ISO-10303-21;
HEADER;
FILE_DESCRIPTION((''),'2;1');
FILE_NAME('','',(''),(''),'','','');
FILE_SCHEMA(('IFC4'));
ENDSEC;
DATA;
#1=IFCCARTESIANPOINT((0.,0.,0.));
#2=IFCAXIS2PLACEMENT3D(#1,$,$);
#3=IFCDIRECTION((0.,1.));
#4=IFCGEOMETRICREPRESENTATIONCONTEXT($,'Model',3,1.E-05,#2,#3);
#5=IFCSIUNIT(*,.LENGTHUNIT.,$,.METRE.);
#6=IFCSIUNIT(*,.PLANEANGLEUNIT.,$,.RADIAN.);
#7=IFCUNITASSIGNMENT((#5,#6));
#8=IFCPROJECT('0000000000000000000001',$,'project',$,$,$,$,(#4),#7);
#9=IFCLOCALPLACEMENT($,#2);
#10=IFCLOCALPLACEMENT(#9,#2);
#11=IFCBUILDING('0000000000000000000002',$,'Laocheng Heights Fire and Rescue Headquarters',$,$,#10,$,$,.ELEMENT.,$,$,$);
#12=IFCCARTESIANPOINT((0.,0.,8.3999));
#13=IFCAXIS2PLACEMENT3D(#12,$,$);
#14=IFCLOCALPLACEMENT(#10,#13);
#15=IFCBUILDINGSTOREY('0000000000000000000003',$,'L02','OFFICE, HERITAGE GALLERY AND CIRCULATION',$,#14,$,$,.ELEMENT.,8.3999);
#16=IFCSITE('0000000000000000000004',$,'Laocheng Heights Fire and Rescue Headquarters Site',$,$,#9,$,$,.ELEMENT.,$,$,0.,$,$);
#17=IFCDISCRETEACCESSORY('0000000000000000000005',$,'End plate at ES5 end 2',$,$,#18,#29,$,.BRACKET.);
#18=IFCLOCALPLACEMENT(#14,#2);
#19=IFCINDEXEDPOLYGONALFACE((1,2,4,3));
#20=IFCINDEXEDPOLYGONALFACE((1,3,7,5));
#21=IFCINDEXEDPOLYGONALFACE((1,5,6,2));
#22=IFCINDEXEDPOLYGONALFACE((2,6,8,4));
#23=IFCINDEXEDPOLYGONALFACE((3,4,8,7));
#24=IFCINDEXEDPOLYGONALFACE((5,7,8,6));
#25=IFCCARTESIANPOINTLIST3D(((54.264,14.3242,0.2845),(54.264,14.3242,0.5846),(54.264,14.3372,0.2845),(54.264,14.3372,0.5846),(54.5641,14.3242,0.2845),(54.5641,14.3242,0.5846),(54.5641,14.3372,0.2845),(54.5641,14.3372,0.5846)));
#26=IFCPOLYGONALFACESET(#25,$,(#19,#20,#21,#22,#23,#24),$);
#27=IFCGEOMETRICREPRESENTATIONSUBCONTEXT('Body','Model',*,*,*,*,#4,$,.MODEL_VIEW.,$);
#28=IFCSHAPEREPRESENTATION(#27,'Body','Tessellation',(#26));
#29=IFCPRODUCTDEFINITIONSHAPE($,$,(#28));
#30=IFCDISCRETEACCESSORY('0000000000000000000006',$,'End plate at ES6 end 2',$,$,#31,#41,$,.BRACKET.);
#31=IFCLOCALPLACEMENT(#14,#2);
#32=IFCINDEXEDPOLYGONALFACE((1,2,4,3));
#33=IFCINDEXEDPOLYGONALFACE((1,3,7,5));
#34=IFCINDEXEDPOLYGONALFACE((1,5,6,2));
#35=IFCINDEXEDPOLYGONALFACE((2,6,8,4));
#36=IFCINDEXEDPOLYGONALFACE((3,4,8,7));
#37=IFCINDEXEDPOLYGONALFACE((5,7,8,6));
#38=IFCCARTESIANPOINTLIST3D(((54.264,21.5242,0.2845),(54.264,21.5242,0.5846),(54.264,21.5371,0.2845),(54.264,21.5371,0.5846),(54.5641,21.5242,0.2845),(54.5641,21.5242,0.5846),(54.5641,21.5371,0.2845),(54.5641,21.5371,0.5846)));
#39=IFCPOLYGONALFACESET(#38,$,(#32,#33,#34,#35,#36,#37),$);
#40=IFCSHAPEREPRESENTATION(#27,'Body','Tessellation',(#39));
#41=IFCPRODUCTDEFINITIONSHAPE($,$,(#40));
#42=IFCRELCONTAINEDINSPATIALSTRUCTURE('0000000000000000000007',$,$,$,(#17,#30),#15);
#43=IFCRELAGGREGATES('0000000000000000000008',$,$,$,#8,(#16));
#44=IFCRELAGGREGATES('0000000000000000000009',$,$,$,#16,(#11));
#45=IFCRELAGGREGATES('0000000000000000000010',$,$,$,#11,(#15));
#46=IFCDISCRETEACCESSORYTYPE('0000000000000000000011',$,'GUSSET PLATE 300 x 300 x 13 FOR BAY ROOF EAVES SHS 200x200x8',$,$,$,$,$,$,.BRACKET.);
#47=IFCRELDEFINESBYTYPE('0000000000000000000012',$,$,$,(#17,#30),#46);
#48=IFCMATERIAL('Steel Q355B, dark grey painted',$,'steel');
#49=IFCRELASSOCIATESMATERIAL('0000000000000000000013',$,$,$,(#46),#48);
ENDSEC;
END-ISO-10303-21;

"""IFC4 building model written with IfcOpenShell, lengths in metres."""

from ifc_helpers import new_model, si_unit, direction, frame, origin, origin_2d, place, context, subcontext, project, spatial, rectangle, extrude, material, material_profile, profile_set, type_object, element, save


model = new_model("IFC4")

# Units and contexts
model_context = context("Model", 3, precision=1e-05, world=origin(), true_north=direction((0.0, 1.0)))
body_context = subcontext(model_context, "Body", "Model", "MODEL_VIEW")
ifc_project = project(units=[si_unit("LENGTHUNIT", "METRE"), si_unit("PLANEANGLEUNIT", "RADIAN")], contexts=[model_context])

# Site, building, storey
site_placement = place(None, origin())
site = spatial("IfcSite", under=ifc_project, at=site_placement, Name="Laocheng Heights Fire and Rescue Headquarters Site", CompositionType="ELEMENT", RefElevation=0.0)
building_placement = place(site_placement, origin())
building = spatial("IfcBuilding", under=site, at=building_placement, Name="Laocheng Heights Fire and Rescue Headquarters", CompositionType="ELEMENT")
storey_placement = place(building_placement, frame((0.0, 0.0, 8.3999)))
storey = spatial("IfcBuildingStorey", under=building, at=storey_placement, Name="L02", Description="OFFICE, HERITAGE GALLERY AND CIRCULATION", CompositionType="ELEMENT", Elevation=8.3999)

# Discrete accessories
ifc_material_1 = material(Name="Steel Q355B, dark grey painted", Category="steel")
ifc_material_profile_1 = material_profile(ifc_material_1, rectangle(XDim=0.3, YDim=0.3, at=origin_2d()), Name="GUSSET PLATE 300 x 300 x 13 FOR BAY ROOF EAVES SHS 200x200x8")
ifc_profile_set_1 = profile_set([ifc_material_profile_1], Name="Steel Q355B, dark grey painted")
discrete_accessory_type_1 = type_object("IfcDiscreteAccessoryType", Name="GUSSET PLATE 300 x 300 x 13 FOR BAY ROOF EAVES SHS 200x200x8", PredefinedType="BRACKET", material=ifc_profile_set_1)
for number, where, z_axis, x_axis, name in (
    (1, (54.4141, 14.3242, 0.4346), (0.0, 1.0, 0.0), (-1.0, 0.0, 0.0), "End plate at ES5 end 2"),
    (2, (54.4141, 21.5242, 0.4346), (0.0, 1.0, 0.0), (-1.0, 0.0, 0.0), "End plate at ES6 end 2"),
):
    element("IfcDiscreteAccessory", number, at=place(storey_placement, frame(where, z_axis=z_axis, x_axis=x_axis)), inside=storey, type_object=discrete_accessory_type_1, Name=name, PredefinedType="BRACKET", context=body_context, shape_type="SweptSolid", body=[
        extrude(rectangle(XDim=0.3, YDim=0.3, at=origin_2d()), origin(), (0.0, 0.0, 1.0), 0.0129),
    ])

save(model, "model.ifc")
